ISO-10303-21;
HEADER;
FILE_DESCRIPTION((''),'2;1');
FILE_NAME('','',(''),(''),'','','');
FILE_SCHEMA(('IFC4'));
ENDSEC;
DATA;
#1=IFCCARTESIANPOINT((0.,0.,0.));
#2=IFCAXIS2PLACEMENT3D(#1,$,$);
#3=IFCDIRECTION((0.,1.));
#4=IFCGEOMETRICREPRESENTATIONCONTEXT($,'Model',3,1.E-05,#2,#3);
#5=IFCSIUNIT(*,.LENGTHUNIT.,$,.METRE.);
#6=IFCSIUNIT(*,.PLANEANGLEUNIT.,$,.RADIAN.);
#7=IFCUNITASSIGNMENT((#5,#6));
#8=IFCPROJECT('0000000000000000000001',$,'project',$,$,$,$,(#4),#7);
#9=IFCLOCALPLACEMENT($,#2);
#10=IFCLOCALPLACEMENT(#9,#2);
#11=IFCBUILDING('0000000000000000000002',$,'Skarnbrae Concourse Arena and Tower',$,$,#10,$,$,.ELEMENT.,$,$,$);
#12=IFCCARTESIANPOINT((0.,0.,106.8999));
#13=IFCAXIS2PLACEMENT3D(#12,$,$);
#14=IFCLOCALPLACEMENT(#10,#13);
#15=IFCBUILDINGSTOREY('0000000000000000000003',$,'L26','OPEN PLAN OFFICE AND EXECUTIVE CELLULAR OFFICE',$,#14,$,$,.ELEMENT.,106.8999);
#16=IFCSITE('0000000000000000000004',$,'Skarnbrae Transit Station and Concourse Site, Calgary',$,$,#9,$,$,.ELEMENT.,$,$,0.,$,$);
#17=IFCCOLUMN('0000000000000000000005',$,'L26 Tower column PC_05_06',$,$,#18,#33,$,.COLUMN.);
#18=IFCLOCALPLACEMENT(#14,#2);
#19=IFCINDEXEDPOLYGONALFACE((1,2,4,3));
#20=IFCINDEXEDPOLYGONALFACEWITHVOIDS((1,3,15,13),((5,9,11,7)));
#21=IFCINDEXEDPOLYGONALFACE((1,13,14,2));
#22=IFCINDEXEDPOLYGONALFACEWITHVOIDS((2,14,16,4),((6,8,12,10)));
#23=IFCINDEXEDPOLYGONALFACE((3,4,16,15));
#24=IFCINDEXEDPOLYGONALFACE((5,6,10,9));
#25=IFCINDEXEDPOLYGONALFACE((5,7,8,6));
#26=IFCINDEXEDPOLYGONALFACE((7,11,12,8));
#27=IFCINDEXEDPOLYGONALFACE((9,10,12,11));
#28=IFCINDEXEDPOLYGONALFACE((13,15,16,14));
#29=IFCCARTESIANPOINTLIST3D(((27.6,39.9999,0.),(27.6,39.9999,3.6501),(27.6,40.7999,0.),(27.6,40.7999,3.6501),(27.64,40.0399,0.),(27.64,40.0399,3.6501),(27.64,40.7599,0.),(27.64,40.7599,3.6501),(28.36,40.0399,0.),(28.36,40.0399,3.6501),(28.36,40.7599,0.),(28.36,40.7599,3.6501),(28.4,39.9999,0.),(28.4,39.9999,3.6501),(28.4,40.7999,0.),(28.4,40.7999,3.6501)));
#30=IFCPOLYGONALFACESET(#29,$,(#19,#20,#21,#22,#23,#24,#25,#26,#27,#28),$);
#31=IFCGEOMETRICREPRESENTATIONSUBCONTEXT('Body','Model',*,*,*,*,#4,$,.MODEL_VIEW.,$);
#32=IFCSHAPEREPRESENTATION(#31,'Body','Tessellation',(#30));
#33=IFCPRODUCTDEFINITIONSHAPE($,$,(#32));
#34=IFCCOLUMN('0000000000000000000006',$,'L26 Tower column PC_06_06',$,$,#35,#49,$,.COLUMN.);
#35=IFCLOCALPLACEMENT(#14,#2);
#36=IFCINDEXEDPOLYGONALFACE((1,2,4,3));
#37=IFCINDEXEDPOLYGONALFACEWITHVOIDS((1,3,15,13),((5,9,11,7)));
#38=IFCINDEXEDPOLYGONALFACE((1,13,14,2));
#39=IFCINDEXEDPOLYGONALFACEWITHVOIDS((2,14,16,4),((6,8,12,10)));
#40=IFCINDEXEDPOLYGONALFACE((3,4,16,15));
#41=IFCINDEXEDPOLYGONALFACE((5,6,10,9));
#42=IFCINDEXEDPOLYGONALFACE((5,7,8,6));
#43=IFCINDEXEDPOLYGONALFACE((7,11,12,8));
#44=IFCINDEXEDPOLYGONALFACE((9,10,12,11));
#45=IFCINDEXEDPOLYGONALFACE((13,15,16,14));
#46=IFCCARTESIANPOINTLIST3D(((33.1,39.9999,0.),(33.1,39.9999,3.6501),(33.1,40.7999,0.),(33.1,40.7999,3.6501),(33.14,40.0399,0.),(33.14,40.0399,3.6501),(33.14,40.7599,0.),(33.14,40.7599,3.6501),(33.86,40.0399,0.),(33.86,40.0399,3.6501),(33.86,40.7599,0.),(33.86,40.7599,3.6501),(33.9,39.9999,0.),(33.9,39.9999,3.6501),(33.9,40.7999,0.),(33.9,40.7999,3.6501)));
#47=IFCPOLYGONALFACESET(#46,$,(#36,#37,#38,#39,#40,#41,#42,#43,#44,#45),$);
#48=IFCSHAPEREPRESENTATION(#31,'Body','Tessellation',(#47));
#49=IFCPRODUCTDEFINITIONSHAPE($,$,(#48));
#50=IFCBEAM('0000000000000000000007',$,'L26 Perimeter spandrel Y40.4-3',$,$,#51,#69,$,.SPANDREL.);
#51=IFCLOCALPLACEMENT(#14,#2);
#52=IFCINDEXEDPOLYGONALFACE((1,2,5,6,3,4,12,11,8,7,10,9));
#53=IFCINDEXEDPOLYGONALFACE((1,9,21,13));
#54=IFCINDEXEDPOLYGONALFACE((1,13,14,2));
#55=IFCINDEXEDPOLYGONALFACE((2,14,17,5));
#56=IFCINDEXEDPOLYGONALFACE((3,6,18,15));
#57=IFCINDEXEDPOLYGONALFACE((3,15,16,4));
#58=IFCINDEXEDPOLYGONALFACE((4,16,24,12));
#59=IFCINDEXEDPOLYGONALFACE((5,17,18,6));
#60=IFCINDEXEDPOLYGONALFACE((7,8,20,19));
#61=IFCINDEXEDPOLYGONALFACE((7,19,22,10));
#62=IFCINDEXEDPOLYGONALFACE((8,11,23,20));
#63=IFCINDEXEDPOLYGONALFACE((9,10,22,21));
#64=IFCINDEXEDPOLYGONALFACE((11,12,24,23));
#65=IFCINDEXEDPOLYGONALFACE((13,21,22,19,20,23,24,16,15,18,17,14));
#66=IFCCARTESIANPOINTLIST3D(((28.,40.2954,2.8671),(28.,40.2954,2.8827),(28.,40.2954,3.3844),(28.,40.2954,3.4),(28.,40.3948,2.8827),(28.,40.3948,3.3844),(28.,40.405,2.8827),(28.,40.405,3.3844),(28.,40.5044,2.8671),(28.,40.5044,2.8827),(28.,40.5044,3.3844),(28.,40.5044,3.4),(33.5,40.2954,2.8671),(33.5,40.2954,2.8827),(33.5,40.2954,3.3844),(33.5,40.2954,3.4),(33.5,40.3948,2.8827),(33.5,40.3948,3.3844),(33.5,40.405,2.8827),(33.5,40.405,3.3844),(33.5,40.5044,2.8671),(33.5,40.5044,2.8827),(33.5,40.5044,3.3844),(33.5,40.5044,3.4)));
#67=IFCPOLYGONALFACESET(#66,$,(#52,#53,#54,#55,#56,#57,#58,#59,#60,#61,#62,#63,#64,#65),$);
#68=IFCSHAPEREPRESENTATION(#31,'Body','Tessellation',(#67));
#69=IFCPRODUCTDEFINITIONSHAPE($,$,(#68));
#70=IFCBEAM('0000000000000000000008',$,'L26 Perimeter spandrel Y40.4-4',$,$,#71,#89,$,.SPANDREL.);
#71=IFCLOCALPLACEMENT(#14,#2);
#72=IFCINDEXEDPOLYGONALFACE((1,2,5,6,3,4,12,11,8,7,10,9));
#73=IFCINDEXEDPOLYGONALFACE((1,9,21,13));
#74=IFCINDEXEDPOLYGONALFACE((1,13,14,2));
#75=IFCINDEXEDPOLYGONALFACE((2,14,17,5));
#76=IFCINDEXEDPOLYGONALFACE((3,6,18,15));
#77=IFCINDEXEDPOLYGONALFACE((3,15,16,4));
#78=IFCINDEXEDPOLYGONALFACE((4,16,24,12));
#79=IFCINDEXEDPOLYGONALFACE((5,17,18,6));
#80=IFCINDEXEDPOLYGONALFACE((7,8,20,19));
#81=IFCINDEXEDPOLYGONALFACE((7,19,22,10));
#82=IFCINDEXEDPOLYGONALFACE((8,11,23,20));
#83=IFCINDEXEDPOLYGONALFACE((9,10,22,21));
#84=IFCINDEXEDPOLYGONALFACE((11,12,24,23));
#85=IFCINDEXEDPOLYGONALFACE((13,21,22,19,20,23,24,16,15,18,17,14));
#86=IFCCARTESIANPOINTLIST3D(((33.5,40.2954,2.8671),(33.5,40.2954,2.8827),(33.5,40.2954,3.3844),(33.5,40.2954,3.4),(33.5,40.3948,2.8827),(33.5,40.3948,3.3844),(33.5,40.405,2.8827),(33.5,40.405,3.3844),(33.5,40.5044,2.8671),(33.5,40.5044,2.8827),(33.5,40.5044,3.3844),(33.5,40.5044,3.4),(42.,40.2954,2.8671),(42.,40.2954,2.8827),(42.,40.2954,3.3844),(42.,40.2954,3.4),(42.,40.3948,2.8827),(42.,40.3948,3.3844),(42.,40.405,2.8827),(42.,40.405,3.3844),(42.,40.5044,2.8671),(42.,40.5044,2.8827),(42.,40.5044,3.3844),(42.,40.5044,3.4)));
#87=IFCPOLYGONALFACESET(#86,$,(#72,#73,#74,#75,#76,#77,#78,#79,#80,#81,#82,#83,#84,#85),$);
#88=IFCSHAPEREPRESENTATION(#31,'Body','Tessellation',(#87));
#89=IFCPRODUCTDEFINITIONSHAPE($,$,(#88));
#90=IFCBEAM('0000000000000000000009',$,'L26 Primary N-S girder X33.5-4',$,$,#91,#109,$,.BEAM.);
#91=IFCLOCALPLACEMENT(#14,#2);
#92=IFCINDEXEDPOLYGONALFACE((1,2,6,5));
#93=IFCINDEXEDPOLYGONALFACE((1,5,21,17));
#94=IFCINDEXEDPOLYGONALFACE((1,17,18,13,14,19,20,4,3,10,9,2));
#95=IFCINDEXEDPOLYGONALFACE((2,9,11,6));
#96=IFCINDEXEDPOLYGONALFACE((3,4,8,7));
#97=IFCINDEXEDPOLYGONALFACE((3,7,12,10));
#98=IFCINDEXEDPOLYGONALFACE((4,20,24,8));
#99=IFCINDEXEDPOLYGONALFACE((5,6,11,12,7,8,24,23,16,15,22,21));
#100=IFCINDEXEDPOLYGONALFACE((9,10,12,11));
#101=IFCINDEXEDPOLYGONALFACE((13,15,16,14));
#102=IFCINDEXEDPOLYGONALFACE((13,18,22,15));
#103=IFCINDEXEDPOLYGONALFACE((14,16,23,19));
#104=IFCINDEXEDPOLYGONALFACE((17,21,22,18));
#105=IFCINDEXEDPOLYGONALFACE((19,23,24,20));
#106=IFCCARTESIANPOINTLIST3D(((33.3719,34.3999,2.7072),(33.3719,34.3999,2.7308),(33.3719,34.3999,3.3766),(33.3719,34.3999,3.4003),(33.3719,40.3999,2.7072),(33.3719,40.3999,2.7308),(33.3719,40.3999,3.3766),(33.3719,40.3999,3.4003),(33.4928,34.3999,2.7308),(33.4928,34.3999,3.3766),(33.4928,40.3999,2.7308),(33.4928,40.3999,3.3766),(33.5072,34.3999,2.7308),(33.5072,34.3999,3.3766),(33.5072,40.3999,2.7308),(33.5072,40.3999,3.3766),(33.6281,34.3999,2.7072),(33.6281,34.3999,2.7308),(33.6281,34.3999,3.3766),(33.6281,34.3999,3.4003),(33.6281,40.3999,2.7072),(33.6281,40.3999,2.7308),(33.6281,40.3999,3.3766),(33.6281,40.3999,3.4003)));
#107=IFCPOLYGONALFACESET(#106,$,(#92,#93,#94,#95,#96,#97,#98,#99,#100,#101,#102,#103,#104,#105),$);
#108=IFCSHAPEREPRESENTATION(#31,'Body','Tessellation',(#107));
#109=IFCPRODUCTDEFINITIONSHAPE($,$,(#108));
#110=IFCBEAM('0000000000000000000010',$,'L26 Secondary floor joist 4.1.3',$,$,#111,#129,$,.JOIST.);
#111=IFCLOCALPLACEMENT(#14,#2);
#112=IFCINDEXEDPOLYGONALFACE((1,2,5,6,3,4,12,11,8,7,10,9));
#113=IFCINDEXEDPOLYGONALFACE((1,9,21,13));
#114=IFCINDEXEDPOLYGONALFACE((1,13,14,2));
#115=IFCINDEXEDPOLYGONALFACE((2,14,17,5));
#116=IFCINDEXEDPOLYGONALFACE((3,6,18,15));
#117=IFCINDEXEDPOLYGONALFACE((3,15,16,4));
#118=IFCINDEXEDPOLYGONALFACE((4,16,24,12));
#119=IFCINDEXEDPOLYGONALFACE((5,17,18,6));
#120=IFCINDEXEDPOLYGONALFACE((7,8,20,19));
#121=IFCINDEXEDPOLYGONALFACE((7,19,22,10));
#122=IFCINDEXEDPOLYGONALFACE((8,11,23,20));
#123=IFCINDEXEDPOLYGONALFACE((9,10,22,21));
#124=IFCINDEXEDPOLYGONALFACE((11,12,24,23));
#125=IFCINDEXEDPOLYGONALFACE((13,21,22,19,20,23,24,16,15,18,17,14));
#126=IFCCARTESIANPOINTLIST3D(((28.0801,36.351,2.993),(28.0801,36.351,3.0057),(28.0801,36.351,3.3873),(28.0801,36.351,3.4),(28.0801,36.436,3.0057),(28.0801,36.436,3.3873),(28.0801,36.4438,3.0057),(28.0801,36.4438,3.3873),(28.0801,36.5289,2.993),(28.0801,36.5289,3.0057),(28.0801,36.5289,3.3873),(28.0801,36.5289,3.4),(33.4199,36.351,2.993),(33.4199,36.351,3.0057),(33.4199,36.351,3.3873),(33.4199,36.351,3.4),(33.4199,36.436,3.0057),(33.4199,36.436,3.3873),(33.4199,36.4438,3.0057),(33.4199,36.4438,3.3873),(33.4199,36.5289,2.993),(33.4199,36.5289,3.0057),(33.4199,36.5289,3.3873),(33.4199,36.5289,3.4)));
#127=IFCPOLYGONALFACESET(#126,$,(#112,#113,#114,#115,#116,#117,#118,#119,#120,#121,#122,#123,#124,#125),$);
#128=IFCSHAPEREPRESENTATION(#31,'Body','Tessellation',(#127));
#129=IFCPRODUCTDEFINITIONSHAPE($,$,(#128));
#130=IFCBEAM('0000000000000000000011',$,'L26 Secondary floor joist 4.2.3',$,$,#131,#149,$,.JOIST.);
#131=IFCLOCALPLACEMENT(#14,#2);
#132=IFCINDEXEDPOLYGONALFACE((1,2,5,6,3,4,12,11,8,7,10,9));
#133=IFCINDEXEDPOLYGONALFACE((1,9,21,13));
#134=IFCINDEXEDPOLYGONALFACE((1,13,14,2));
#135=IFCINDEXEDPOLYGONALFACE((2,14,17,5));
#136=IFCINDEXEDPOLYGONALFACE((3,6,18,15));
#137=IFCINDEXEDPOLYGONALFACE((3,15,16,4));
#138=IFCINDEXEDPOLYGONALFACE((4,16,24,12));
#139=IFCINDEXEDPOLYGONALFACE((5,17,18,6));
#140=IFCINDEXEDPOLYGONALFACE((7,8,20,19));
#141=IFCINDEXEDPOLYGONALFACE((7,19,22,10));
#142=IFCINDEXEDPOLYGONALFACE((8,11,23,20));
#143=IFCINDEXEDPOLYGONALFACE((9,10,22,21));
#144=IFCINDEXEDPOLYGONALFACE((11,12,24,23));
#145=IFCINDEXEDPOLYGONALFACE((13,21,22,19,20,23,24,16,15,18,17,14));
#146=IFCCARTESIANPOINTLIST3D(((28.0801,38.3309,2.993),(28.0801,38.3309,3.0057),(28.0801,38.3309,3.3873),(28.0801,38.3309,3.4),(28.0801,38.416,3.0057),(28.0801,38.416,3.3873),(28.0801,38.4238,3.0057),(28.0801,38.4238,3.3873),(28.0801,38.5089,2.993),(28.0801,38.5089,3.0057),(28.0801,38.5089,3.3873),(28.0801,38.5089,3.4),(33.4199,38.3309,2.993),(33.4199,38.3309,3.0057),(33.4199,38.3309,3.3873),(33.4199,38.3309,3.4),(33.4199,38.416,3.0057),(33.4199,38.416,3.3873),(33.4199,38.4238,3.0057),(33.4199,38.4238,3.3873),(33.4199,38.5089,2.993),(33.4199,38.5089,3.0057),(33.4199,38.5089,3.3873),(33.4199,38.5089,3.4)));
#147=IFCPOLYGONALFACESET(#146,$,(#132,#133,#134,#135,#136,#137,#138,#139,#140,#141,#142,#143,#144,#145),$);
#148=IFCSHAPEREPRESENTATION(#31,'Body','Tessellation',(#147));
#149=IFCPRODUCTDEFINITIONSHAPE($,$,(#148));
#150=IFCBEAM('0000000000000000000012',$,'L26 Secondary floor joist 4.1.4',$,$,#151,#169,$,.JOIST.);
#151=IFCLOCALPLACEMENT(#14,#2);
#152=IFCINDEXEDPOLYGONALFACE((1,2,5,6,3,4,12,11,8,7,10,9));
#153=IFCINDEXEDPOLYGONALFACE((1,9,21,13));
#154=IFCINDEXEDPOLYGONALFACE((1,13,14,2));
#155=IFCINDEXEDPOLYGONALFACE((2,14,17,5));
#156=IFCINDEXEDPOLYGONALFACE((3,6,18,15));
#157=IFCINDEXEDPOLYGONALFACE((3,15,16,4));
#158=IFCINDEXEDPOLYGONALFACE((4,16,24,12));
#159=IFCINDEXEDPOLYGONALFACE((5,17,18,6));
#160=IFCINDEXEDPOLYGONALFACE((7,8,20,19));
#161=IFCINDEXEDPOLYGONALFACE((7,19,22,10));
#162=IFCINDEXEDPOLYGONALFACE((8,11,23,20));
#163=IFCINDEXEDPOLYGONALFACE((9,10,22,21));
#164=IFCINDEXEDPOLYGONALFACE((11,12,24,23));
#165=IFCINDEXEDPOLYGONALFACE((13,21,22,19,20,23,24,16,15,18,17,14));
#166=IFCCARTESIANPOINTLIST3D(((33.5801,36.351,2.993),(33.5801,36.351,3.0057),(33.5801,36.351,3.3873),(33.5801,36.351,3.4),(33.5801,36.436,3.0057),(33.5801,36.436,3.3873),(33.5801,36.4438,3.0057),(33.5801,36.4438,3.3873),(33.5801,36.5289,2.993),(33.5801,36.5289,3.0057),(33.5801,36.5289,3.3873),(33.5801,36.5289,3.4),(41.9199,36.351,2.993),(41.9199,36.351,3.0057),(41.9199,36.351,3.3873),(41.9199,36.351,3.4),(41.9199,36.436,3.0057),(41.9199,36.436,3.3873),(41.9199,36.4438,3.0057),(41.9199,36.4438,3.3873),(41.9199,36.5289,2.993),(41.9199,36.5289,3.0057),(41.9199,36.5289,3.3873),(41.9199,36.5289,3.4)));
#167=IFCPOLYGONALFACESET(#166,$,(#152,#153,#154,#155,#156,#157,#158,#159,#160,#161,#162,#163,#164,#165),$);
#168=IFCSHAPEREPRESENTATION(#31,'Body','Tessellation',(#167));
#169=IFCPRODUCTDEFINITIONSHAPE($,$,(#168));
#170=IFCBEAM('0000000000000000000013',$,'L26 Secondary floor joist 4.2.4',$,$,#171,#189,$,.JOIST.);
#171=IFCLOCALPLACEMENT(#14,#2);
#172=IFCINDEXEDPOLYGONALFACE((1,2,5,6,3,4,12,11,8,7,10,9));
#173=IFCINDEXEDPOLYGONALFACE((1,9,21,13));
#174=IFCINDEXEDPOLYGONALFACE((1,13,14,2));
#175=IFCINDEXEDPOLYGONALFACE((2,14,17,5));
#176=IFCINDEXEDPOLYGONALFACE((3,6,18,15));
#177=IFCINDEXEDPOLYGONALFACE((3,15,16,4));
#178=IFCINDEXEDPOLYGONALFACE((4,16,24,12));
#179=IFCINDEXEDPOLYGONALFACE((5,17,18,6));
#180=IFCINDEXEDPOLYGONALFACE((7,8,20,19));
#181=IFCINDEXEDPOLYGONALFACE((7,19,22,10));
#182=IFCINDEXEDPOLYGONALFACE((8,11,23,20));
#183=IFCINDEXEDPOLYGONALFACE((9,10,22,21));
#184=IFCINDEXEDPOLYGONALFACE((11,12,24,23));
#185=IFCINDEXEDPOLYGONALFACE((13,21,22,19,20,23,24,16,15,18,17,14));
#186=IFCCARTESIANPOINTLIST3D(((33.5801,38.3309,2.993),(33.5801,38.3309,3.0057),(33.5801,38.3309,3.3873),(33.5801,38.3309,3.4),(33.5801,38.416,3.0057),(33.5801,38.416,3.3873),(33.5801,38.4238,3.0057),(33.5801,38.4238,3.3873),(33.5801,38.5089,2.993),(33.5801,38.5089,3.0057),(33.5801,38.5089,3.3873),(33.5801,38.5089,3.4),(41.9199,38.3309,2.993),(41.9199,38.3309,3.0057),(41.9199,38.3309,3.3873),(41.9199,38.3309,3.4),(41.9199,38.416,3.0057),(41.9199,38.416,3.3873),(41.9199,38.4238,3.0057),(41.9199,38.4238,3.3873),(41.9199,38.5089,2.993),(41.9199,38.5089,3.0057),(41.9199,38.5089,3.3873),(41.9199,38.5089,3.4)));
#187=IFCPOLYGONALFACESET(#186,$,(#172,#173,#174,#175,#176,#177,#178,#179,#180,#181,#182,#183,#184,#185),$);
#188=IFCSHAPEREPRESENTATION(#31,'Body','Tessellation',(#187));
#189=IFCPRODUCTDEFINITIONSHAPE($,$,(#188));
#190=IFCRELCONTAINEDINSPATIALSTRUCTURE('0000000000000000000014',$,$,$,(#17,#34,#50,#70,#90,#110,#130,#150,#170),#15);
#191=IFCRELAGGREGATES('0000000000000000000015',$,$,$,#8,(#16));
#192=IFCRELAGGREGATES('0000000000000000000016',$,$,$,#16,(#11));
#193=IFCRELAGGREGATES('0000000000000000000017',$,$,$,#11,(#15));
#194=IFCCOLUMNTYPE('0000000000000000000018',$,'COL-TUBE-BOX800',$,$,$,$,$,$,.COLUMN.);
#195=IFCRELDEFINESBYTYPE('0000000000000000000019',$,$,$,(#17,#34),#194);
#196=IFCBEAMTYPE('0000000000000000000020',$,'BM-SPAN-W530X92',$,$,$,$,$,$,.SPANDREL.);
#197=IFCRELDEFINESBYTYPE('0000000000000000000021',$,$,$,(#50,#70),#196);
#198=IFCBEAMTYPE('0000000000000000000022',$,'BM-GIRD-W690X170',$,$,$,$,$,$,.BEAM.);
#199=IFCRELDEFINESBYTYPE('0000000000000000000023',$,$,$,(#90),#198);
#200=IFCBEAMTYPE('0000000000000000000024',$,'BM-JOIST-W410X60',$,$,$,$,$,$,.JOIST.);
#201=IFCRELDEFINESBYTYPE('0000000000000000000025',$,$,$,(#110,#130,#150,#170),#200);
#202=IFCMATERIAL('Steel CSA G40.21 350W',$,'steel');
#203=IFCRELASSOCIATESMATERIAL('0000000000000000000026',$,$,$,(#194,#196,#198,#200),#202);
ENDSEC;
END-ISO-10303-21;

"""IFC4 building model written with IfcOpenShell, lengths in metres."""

from ifc_helpers import new_model, si_unit, direction, frame, origin, origin_2d, place, context, subcontext, project, spatial, hollow_rectangle, i_section, extrude, source, transform, mapped, material, material_profile, profile_set, type_object, element, save


model = new_model("IFC4")

# Units and contexts
model_context = context("Model", 3, precision=1e-05, world=origin(), true_north=direction((0.0, 1.0)))
body_context = subcontext(model_context, "Body", "Model", "MODEL_VIEW")
ifc_project = project(units=[si_unit("LENGTHUNIT", "METRE"), si_unit("PLANEANGLEUNIT", "RADIAN")], contexts=[model_context])

# Site, building, storey
site_placement = place(None, origin())
site = spatial("IfcSite", under=ifc_project, at=site_placement, Name="Skarnbrae Transit Station and Concourse Site, Calgary", CompositionType="ELEMENT", RefElevation=0.0)
building_placement = place(site_placement, origin())
building = spatial("IfcBuilding", under=site, at=building_placement, Name="Skarnbrae Concourse Arena and Tower", CompositionType="ELEMENT")
storey_placement = place(building_placement, frame((0.0, 0.0, 106.8999)))
storey = spatial("IfcBuildingStorey", under=building, at=storey_placement, Name="L26", Description="OPEN PLAN OFFICE AND EXECUTIVE CELLULAR OFFICE", CompositionType="ELEMENT", Elevation=106.8999)

# Columns
ifc_material_1 = material(Name="Steel CSA G40.21 350W", Category="steel")
ifc_material_profile_1 = material_profile(ifc_material_1, hollow_rectangle(XDim=0.8, YDim=0.8, WallThickness=0.04, at=origin_2d()), Name="BOX800X800X40")
ifc_profile_set_1 = profile_set([ifc_material_profile_1], Name="Steel CSA G40.21 350W")
column_type = type_object("IfcColumnType", Name="COL-TUBE-BOX800", PredefinedType="COLUMN", material=ifc_profile_set_1)
shared_shape_1 = source(origin(), body_context, "Body", "SweptSolid", [
    extrude(hollow_rectangle(XDim=0.8, YDim=0.8, WallThickness=0.04, at=origin_2d()), origin(), (0.0, 0.0, 1.0), 3.6501),
])
for number, where, z_axis, x_axis, name in (
    (1, (28.0, 40.3999, 0.0), (0.0, 0.0, 1.0), (1.0, 0.0, 0.0), "L26 Tower column PC_05_06"),
    (2, (33.5, 40.3999, 0.0), (0.0, 0.0, 1.0), (1.0, 0.0, 0.0), "L26 Tower column PC_06_06"),
):
    element("IfcColumn", number, at=place(storey_placement, frame(where, z_axis=z_axis, x_axis=x_axis)), inside=storey, type_object=column_type, Name=name, PredefinedType="COLUMN", context=body_context, shape_type="MappedRepresentation", body=[
        mapped(shared_shape_1, transform((0.0, 0.0, 0.0))),
    ])

# Beams
ifc_material_profile_2 = material_profile(ifc_material_1, i_section(OverallWidth=0.209, OverallDepth=0.533, WebThickness=0.0103, FlangeThickness=0.0156, at=origin_2d()), Name="W530X92")
ifc_profile_set_2 = profile_set([ifc_material_profile_2], Name="Steel CSA G40.21 350W")
beam_type_1 = type_object("IfcBeamType", Name="BM-SPAN-W530X92", PredefinedType="SPANDREL", material=ifc_profile_set_2)
shared_shape_2 = source(origin(), body_context, "Body", "SweptSolid", [
    extrude(i_section(OverallWidth=0.209, OverallDepth=0.533, WebThickness=0.0103, FlangeThickness=0.0156, at=origin_2d()), origin(), (0.0, 0.0, 1.0), 5.5),
])
beam_1_placement = place(storey_placement, frame((28.0, 40.3999, 3.1335), z_axis=(1.0, 0.0, 0.0), x_axis=(0.0, 1.0, 0.0)))
element("IfcBeam", 3, at=beam_1_placement, inside=storey, type_object=beam_type_1, Name="L26 Perimeter spandrel Y40.4-3", PredefinedType="SPANDREL", context=body_context, shape_type="MappedRepresentation", body=[
    mapped(shared_shape_2, transform((0.0, 0.0, 0.0))),
])
shared_shape_3 = source(origin(), body_context, "Body", "SweptSolid", [
    extrude(i_section(OverallWidth=0.209, OverallDepth=0.533, WebThickness=0.0103, FlangeThickness=0.0156, at=origin_2d()), origin(), (0.0, 0.0, 1.0), 8.5),
])
beam_2_placement = place(storey_placement, frame((33.5, 40.3999, 3.1335), z_axis=(1.0, 0.0, 0.0), x_axis=(0.0, 1.0, 0.0)))
element("IfcBeam", 4, at=beam_2_placement, inside=storey, type_object=beam_type_1, Name="L26 Perimeter spandrel Y40.4-4", PredefinedType="SPANDREL", context=body_context, shape_type="MappedRepresentation", body=[
    mapped(shared_shape_3, transform((0.0, 0.0, 0.0))),
])
ifc_material_profile_3 = material_profile(ifc_material_1, i_section(OverallWidth=0.2561, OverallDepth=0.6931, WebThickness=0.0144, FlangeThickness=0.0237, at=origin_2d()), Name="W690X170")
ifc_profile_set_3 = profile_set([ifc_material_profile_3], Name="Steel CSA G40.21 350W")
beam_type_2 = type_object("IfcBeamType", Name="BM-GIRD-W690X170", PredefinedType="BEAM", material=ifc_profile_set_3)
shared_shape_4 = source(origin(), body_context, "Body", "SweptSolid", [
    extrude(i_section(OverallWidth=0.2561, OverallDepth=0.6931, WebThickness=0.0144, FlangeThickness=0.0237, at=origin_2d()), origin(), (0.0, 0.0, 1.0), 6.0),
])
beam_3_placement = place(storey_placement, frame((33.5, 34.3999, 3.0537), z_axis=(0.0, 1.0, 0.0), x_axis=(-1.0, 0.0, 0.0)))
element("IfcBeam", 5, at=beam_3_placement, inside=storey, type_object=beam_type_2, Name="L26 Primary N-S girder X33.5-4", PredefinedType="BEAM", context=body_context, shape_type="MappedRepresentation", body=[
    mapped(shared_shape_4, transform((0.0, 0.0, 0.0))),
])
ifc_material_profile_4 = material_profile(ifc_material_1, i_section(OverallWidth=0.178, OverallDepth=0.407, WebThickness=0.0078, FlangeThickness=0.0127, at=origin_2d()), Name="W410X60")
ifc_profile_set_4 = profile_set([ifc_material_profile_4], Name="Steel CSA G40.21 350W")
beam_type_3 = type_object("IfcBeamType", Name="BM-JOIST-W410X60", PredefinedType="JOIST", material=ifc_profile_set_4)
shared_shape_5 = source(origin(), body_context, "Body", "SweptSolid", [
    extrude(i_section(OverallWidth=0.178, OverallDepth=0.407, WebThickness=0.0078, FlangeThickness=0.0127, at=origin_2d()), origin(), (0.0, 0.0, 1.0), 5.3398),
])
for number, where, z_axis, x_axis, name in (
    (6, (28.0801, 36.4399, 3.1965), (1.0, 0.0, 0.0), (0.0, 1.0, 0.0), "L26 Secondary floor joist 4.1.3"),
    (7, (28.0801, 38.4199, 3.1965), (1.0, 0.0, 0.0), (0.0, 1.0, 0.0), "L26 Secondary floor joist 4.2.3"),
):
    element("IfcBeam", number, at=place(storey_placement, frame(where, z_axis=z_axis, x_axis=x_axis)), inside=storey, type_object=beam_type_3, Name=name, PredefinedType="JOIST", context=body_context, shape_type="MappedRepresentation", body=[
        mapped(shared_shape_5, transform((0.0, 0.0, 0.0))),
    ])
shared_shape_6 = source(origin(), body_context, "Body", "SweptSolid", [
    extrude(i_section(OverallWidth=0.178, OverallDepth=0.407, WebThickness=0.0078, FlangeThickness=0.0127, at=origin_2d()), origin(), (0.0, 0.0, 1.0), 8.3398),
])
for number, where, z_axis, x_axis, name in (
    (8, (33.5801, 36.4399, 3.1965), (1.0, 0.0, 0.0), (0.0, 1.0, 0.0), "L26 Secondary floor joist 4.1.4"),
    (9, (33.5801, 38.4199, 3.1965), (1.0, 0.0, 0.0), (0.0, 1.0, 0.0), "L26 Secondary floor joist 4.2.4"),
):
    element("IfcBeam", number, at=place(storey_placement, frame(where, z_axis=z_axis, x_axis=x_axis)), inside=storey, type_object=beam_type_3, Name=name, PredefinedType="JOIST", context=body_context, shape_type="MappedRepresentation", body=[
        mapped(shared_shape_6, transform((0.0, 0.0, 0.0))),
    ])

save(model, "model.ifc")
